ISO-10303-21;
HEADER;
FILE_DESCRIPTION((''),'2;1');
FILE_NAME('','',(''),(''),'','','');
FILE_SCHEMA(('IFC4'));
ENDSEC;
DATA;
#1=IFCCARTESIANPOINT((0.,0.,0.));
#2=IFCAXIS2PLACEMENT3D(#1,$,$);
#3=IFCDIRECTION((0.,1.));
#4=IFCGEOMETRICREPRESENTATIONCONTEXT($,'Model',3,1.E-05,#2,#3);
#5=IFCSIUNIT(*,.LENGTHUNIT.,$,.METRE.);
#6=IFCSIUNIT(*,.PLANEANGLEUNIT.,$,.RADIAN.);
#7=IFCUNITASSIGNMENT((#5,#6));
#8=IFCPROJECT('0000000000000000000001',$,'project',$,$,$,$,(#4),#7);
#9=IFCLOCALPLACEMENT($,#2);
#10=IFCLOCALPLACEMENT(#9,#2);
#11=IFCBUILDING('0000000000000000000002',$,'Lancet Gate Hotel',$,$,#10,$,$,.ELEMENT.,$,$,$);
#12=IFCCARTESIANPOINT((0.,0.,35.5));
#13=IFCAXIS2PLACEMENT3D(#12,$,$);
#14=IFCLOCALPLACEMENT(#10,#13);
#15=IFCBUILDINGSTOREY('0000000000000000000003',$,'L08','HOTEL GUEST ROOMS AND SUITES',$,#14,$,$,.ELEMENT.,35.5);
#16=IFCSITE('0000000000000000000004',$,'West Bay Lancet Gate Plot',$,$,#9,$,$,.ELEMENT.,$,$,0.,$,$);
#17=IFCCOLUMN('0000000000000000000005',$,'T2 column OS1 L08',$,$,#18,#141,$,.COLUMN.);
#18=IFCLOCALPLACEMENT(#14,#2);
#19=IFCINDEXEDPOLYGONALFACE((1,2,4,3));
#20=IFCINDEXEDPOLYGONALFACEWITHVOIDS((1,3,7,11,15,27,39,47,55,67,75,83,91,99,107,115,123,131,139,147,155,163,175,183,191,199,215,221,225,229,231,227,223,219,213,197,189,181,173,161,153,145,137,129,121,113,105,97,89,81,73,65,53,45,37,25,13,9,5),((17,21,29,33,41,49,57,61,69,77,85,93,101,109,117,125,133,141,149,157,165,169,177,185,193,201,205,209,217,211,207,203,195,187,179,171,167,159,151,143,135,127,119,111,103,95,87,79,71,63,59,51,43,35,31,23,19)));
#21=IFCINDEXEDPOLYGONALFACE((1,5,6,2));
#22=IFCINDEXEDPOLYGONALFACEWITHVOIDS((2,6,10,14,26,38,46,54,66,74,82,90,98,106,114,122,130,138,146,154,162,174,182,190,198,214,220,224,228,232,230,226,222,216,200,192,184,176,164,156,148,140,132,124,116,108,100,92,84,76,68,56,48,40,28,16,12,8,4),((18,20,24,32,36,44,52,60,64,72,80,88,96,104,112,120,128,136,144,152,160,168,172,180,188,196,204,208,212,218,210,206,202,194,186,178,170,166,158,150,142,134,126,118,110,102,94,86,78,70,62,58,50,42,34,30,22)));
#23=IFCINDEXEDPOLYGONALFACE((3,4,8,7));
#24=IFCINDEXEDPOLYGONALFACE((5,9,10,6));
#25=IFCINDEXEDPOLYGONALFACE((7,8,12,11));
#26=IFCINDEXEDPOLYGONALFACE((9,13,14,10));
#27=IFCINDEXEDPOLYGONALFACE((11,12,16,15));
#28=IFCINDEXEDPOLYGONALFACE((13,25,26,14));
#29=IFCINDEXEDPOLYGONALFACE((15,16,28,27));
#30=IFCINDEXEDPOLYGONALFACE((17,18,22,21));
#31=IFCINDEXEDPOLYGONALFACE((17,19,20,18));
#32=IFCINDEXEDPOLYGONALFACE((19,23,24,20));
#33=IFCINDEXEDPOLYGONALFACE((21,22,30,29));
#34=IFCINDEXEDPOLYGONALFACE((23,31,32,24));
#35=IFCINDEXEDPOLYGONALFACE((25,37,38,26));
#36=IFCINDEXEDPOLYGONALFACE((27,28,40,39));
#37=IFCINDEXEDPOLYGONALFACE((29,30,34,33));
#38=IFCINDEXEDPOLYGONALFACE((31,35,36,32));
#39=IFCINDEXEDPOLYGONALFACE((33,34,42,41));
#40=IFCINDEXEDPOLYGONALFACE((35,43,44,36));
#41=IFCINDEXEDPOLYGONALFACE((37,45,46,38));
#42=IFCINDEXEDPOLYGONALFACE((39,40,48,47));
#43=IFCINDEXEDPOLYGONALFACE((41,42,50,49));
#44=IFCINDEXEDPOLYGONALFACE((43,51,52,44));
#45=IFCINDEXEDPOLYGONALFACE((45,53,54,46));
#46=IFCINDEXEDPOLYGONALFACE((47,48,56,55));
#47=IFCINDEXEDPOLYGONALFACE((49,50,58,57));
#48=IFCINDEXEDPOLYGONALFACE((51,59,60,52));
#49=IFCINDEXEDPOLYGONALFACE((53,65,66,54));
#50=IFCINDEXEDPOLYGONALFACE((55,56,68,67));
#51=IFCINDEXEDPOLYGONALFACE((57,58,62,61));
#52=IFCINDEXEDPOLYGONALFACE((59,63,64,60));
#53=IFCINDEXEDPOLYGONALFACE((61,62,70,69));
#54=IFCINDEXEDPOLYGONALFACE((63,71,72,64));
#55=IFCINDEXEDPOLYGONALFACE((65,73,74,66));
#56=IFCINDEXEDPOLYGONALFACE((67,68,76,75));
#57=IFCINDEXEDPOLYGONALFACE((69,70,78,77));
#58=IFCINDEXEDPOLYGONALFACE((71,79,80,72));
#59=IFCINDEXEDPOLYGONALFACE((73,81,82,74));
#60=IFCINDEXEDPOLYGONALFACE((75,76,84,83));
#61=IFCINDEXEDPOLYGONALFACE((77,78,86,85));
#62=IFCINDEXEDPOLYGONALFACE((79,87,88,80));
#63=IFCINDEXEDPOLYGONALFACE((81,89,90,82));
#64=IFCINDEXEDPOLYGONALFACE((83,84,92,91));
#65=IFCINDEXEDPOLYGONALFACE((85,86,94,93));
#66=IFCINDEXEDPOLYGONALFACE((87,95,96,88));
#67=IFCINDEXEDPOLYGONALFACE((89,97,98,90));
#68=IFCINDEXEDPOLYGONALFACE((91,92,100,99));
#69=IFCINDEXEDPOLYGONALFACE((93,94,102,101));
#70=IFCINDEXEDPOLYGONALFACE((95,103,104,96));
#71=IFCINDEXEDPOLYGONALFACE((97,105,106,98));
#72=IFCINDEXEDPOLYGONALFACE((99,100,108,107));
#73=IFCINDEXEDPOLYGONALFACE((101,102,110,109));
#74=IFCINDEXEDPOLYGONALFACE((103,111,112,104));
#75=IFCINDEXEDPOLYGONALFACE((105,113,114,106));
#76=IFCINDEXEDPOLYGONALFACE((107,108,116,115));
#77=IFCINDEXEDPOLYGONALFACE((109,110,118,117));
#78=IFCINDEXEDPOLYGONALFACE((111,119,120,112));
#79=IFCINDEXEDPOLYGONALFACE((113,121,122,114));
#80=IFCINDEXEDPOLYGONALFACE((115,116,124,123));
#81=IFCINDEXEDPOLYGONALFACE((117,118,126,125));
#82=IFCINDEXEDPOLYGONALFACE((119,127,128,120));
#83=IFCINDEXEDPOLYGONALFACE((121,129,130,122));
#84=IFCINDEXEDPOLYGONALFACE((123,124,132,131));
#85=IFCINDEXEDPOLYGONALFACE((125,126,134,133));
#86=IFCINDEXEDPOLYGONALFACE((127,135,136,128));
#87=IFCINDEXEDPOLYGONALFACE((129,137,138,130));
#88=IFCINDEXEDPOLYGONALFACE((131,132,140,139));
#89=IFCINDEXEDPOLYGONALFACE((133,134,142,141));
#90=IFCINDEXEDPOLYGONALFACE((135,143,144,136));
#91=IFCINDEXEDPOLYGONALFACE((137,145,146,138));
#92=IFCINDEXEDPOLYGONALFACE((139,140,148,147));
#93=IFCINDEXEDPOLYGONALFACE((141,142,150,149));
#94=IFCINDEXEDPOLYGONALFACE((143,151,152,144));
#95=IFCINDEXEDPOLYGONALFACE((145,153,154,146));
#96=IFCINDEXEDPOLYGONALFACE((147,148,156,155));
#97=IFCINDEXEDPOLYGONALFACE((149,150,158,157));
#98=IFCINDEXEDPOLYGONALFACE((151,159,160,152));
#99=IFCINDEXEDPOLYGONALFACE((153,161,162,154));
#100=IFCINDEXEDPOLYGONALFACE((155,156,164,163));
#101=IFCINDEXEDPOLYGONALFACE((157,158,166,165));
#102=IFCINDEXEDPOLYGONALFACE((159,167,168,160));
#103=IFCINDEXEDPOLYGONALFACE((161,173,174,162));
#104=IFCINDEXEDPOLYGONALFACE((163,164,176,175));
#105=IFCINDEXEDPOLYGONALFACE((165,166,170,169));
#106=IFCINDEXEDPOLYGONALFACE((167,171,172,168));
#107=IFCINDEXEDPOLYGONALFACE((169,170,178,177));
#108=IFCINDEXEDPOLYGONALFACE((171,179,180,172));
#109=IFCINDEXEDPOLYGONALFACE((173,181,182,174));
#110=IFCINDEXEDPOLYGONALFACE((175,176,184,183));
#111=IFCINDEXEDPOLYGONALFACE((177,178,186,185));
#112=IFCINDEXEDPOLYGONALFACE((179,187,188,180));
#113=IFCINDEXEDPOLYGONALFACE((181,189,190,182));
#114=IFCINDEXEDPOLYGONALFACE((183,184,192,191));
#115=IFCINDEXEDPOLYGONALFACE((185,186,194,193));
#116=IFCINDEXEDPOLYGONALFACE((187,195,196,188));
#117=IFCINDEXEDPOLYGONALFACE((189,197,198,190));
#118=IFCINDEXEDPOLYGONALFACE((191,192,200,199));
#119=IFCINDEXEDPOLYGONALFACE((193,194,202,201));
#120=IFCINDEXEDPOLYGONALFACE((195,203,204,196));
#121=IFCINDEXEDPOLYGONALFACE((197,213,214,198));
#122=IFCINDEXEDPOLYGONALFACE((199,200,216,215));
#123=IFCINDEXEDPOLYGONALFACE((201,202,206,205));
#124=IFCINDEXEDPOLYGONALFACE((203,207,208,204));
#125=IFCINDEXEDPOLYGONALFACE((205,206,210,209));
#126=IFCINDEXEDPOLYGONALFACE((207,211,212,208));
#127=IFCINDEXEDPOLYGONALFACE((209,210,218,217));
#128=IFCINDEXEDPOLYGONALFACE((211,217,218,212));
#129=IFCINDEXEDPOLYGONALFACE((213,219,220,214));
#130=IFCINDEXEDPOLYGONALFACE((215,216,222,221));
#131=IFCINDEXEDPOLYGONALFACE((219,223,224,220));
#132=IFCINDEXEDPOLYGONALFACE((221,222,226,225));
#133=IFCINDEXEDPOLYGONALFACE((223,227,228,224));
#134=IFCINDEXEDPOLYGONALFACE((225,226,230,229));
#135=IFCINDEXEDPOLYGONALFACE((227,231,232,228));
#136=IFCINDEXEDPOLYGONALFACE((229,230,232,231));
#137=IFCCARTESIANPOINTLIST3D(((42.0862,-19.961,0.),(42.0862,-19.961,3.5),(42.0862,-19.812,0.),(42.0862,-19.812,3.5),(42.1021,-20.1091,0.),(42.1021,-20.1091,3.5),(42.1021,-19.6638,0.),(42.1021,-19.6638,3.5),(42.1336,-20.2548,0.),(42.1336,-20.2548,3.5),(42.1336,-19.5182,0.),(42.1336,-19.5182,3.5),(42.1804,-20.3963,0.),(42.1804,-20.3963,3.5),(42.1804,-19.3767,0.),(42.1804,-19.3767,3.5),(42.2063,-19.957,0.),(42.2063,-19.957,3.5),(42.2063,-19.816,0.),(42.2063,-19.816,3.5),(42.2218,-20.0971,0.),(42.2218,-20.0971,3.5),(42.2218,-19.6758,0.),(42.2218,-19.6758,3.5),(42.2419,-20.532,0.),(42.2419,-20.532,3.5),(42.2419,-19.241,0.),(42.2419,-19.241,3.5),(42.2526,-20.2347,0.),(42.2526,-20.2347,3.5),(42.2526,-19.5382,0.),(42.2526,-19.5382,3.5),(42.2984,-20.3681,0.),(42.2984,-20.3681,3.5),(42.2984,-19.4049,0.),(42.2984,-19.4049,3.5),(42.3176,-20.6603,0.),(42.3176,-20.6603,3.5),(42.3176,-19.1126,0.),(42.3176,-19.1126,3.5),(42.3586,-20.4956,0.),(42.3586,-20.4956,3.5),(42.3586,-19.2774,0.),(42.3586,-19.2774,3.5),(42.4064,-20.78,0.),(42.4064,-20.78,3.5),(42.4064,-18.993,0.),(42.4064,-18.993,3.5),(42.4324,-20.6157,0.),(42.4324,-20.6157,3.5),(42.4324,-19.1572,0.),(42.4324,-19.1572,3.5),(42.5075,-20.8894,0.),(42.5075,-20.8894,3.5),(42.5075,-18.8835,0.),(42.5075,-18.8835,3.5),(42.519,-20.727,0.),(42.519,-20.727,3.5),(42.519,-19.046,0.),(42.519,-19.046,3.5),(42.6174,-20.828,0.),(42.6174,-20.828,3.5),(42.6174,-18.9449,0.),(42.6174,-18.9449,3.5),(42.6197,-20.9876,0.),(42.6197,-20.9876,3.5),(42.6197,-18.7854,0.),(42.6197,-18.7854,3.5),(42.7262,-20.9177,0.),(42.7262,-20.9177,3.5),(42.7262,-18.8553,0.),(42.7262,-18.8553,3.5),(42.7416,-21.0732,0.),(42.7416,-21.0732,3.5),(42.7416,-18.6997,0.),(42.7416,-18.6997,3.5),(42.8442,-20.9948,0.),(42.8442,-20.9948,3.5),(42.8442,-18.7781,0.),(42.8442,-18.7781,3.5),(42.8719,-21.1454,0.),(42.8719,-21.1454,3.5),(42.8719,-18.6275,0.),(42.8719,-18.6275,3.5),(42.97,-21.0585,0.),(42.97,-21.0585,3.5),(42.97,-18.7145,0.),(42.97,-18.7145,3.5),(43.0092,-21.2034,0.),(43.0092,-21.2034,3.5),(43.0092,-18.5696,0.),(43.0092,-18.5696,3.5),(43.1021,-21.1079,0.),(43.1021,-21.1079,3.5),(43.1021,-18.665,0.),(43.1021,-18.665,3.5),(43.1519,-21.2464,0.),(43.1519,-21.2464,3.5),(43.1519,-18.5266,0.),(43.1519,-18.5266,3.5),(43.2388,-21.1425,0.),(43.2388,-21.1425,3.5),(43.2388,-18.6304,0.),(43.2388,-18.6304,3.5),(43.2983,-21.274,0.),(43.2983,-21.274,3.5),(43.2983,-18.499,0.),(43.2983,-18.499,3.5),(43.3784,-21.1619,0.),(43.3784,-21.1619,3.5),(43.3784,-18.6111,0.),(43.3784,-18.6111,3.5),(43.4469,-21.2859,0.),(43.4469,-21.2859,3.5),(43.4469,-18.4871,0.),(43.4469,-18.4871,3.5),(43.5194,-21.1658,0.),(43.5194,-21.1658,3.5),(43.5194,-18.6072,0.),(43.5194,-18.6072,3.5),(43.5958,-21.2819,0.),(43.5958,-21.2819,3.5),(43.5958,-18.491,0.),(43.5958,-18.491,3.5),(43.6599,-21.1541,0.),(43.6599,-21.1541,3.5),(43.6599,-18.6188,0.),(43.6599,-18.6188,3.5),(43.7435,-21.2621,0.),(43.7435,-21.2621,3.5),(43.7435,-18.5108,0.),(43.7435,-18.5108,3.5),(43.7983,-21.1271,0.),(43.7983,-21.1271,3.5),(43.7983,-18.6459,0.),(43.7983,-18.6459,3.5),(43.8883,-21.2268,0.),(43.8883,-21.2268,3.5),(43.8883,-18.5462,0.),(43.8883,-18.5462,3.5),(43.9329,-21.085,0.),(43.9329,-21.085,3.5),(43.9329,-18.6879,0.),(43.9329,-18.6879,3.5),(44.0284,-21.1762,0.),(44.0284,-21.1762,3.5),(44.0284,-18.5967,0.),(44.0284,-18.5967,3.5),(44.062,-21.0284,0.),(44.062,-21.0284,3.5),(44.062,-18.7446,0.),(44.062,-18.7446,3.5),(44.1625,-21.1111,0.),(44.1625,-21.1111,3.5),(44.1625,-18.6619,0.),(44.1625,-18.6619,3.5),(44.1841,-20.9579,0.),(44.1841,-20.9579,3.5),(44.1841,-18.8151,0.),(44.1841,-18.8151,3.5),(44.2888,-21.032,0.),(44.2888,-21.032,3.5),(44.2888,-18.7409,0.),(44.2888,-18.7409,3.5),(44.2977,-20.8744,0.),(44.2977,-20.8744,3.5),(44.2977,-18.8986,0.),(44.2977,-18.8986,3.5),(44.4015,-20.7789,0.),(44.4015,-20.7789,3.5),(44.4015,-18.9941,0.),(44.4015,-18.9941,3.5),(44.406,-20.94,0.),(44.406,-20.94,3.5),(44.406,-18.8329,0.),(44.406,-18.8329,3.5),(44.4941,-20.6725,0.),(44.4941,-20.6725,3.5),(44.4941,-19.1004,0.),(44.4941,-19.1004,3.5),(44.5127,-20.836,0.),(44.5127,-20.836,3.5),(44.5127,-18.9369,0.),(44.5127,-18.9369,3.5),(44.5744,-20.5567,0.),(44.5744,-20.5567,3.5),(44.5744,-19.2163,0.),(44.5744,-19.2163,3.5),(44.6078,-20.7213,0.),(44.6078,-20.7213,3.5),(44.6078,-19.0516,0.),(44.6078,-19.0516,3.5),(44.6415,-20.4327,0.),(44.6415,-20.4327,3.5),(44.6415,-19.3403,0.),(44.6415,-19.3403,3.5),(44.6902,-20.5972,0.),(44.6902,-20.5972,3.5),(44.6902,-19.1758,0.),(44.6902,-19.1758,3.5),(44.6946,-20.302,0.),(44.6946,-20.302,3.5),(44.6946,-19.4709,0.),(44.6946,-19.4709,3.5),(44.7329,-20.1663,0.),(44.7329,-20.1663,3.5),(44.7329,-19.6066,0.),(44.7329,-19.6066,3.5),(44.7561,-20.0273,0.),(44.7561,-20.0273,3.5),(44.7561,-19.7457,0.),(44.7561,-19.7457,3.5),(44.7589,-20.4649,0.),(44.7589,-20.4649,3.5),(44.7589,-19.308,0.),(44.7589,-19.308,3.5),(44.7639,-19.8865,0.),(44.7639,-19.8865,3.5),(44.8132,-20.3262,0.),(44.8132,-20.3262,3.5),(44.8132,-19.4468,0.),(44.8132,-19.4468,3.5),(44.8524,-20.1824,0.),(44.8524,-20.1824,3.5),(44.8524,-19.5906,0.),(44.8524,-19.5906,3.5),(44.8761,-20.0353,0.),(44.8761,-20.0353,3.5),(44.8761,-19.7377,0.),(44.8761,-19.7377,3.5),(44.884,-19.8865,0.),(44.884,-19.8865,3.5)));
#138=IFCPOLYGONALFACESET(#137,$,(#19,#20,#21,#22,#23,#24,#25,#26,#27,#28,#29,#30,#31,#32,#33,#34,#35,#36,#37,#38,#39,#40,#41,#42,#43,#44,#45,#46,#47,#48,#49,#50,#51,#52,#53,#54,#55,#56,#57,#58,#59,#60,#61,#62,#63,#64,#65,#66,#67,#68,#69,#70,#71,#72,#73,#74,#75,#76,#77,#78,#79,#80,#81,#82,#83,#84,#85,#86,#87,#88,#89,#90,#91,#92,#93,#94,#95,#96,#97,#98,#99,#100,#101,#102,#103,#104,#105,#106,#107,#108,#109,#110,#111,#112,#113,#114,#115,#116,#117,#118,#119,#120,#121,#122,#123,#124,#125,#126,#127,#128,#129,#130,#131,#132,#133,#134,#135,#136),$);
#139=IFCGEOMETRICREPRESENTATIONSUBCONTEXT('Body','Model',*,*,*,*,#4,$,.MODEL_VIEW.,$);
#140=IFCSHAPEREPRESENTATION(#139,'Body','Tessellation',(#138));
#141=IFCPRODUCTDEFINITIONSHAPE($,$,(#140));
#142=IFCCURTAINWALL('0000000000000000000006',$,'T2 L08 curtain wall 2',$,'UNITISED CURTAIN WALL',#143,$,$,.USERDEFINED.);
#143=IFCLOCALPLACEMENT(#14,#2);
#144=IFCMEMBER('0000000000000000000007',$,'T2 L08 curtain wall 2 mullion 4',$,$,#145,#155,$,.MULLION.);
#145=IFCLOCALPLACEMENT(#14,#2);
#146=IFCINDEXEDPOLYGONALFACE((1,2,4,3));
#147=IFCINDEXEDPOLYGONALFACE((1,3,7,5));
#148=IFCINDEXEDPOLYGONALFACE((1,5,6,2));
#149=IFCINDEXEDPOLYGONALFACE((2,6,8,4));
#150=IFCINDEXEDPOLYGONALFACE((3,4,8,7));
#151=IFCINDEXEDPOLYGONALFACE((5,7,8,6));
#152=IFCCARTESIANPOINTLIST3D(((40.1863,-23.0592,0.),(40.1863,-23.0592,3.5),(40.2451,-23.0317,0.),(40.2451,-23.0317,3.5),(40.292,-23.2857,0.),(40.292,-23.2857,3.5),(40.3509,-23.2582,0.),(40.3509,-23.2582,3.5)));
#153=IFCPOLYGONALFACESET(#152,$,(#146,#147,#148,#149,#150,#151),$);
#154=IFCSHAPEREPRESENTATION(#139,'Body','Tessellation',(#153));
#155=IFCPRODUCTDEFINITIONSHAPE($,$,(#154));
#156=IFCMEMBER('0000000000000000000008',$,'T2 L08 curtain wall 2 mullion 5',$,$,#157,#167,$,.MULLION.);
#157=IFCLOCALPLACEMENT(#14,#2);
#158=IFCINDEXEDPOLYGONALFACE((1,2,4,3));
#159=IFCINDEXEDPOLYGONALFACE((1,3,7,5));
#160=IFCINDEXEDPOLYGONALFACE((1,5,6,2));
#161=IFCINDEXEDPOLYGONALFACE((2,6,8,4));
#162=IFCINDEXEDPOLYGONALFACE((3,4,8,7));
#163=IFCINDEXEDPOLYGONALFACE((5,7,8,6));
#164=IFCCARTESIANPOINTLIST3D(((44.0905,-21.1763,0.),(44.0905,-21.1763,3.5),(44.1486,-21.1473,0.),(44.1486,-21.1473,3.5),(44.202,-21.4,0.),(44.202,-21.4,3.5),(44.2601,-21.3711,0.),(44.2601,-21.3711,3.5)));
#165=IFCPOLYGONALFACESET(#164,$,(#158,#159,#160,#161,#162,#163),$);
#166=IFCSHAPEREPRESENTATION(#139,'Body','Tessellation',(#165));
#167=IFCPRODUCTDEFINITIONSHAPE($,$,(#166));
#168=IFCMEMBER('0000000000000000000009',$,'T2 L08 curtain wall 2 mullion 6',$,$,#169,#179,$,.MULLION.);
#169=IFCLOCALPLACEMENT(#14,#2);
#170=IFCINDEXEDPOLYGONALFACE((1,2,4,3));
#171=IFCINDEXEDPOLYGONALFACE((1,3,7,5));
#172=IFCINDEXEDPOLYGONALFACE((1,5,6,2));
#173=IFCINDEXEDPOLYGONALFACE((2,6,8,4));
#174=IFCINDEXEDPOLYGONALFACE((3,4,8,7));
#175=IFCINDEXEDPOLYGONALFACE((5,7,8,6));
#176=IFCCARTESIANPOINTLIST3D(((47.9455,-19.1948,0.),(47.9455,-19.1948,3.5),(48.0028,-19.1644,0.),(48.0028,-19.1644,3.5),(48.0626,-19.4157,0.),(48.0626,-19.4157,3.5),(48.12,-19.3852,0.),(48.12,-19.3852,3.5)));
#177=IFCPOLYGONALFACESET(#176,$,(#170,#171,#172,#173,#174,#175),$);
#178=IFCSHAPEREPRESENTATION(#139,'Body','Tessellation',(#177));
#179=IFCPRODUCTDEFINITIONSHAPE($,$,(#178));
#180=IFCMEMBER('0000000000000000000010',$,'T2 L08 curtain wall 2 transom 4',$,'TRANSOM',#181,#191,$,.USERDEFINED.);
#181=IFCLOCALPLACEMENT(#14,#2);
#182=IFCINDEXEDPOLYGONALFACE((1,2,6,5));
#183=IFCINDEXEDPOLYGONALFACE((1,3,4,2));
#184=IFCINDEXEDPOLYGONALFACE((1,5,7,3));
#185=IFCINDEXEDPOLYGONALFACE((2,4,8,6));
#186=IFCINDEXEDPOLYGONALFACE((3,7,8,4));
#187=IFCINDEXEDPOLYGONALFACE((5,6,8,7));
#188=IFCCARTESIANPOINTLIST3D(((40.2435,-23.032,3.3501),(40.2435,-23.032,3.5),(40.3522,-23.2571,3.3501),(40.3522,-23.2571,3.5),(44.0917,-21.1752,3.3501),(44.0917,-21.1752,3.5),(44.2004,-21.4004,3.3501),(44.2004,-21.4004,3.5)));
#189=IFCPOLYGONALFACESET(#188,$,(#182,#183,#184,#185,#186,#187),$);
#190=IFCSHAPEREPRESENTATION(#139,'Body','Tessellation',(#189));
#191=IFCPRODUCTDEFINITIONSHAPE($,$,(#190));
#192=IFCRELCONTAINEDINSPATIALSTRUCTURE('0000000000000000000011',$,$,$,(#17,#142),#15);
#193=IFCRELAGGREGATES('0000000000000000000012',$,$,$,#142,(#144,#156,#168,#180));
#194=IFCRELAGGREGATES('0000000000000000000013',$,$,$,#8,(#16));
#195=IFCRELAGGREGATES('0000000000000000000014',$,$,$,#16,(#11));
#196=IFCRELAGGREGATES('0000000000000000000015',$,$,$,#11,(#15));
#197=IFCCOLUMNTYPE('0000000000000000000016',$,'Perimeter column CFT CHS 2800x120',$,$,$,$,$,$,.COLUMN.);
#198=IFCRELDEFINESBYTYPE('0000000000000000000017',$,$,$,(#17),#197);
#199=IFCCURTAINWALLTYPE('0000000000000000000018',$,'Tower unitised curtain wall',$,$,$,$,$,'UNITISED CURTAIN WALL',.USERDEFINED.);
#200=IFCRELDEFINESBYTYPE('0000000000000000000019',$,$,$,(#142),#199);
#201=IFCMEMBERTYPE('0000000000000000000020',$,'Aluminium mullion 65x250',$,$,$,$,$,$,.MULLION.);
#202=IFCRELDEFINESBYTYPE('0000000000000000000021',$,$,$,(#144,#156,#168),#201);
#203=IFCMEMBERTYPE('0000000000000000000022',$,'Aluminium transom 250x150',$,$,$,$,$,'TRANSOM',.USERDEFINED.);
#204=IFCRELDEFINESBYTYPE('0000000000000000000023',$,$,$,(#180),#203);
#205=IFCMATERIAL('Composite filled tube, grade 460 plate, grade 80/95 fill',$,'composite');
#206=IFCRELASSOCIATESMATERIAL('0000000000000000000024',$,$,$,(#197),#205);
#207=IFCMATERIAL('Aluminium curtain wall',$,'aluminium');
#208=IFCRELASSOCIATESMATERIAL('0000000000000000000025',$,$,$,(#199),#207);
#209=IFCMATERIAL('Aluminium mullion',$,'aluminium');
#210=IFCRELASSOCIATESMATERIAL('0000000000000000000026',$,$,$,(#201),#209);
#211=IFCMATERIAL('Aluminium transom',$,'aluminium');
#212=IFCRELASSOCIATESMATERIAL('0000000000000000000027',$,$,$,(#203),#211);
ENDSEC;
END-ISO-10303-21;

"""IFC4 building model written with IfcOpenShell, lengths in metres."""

from ifc_helpers import new_model, si_unit, direction, frame, origin, origin_2d, place, context, subcontext, project, spatial, rectangle, hollow_circle, extrude, material, material_profile, profile_set, type_object, element, aggregate, save


model = new_model("IFC4")

# Units and contexts
model_context = context("Model", 3, precision=1e-05, world=origin(), true_north=direction((0.0, 1.0)))
body_context = subcontext(model_context, "Body", "Model", "MODEL_VIEW")
ifc_project = project(units=[si_unit("LENGTHUNIT", "METRE"), si_unit("PLANEANGLEUNIT", "RADIAN")], contexts=[model_context])

# Site, building, storey
site_placement = place(None, origin())
site = spatial("IfcSite", under=ifc_project, at=site_placement, Name="West Bay Lancet Gate Plot", CompositionType="ELEMENT", RefElevation=0.0)
building_placement = place(site_placement, origin())
building = spatial("IfcBuilding", under=site, at=building_placement, Name="Lancet Gate Hotel", CompositionType="ELEMENT")
storey_placement = place(building_placement, frame((0.0, 0.0, 35.5)))
storey = spatial("IfcBuildingStorey", under=building, at=storey_placement, Name="L08", Description="HOTEL GUEST ROOMS AND SUITES", CompositionType="ELEMENT", Elevation=35.5)

# Column
ifc_material_1 = material(Name="Composite filled tube, grade 460 plate, grade 80/95 fill", Category="composite")
ifc_material_profile_1 = material_profile(ifc_material_1, hollow_circle(Radius=1.3999, WallThickness=0.1201, at=origin_2d()), Name="CHS 2800x120")
ifc_profile_set_1 = profile_set([ifc_material_profile_1], Name="Composite filled tube, grade 460 plate, grade 80/95 fill")
column_type = type_object("IfcColumnType", Name="Perimeter column CFT CHS 2800x120", PredefinedType="COLUMN", material=ifc_profile_set_1)
column_placement = place(storey_placement, frame((43.4841, -19.8865, 0.0), z_axis=(0.0, 0.0, 1.0), x_axis=(1.0, 0.0, 0.0)))
element("IfcColumn", 1, at=column_placement, inside=storey, type_object=column_type, Name="T2 column OS1 L08", PredefinedType="COLUMN", context=body_context, shape_type="SweptSolid", body=[
    extrude(hollow_circle(Radius=1.3999, WallThickness=0.1201, at=origin_2d()), origin(), (0.0, 0.0, 1.0), 3.5),
])

# Curtain wall, members
ifc_material_2 = material(Name="Aluminium curtain wall", Category="aluminium")
curtain_wall_type = type_object("IfcCurtainWallType", Name="Tower unitised curtain wall", ElementType="UNITISED CURTAIN WALL", PredefinedType="USERDEFINED", material=ifc_material_2)
curtain_wall_placement = place(storey_placement, origin())
curtain_wall = element("IfcCurtainWall", 2, at=curtain_wall_placement, inside=storey, type_object=curtain_wall_type, Name="T2 L08 curtain wall 2", ObjectType="UNITISED CURTAIN WALL", PredefinedType="USERDEFINED")
ifc_material_3 = material(Name="Aluminium mullion", Category="aluminium")
ifc_material_profile_2 = material_profile(ifc_material_3, rectangle(XDim=0.0649, YDim=0.25, at=origin_2d()), Name="MULLION 65x250")
ifc_profile_set_2 = profile_set([ifc_material_profile_2], Name="Aluminium mullion")
member_type_1 = type_object("IfcMemberType", Name="Aluminium mullion 65x250", PredefinedType="MULLION", material=ifc_profile_set_2)
member_1_placement = place(storey_placement, frame((40.2686, -23.1587, 0.0), z_axis=(0.0, 0.0, 1.0), x_axis=(0.906105, 0.423053, 0.0)))
member_1 = element("IfcMember", 3, at=member_1_placement, type_object=member_type_1, Name="T2 L08 curtain wall 2 mullion 4", PredefinedType="MULLION", context=body_context, shape_type="SweptSolid", body=[
    extrude(rectangle(XDim=0.0649, YDim=0.25, at=origin_2d()), origin(), (0.0, 0.0, 1.0), 3.5),
])
member_2_placement = place(storey_placement, frame((44.1753, -21.2737, 0.0), z_axis=(0.0, 0.0, 1.0), x_axis=(0.895044, 0.445978, 0.0)))
member_2 = element("IfcMember", 4, at=member_2_placement, type_object=member_type_1, Name="T2 L08 curtain wall 2 mullion 5", PredefinedType="MULLION", context=body_context, shape_type="SweptSolid", body=[
    extrude(rectangle(XDim=0.0649, YDim=0.25, at=origin_2d()), origin(), (0.0, 0.0, 1.0), 3.5),
])
member_3_placement = place(storey_placement, frame((48.0327, -19.29, 0.0), z_axis=(0.0, 0.0, 1.0), x_axis=(0.883403, 0.468613, 0.0)))
member_3 = element("IfcMember", 5, at=member_3_placement, type_object=member_type_1, Name="T2 L08 curtain wall 2 mullion 6", PredefinedType="MULLION", context=body_context, shape_type="SweptSolid", body=[
    extrude(rectangle(XDim=0.0649, YDim=0.25, at=origin_2d()), origin(), (0.0, 0.0, 1.0), 3.5),
])
ifc_material_4 = material(Name="Aluminium transom", Category="aluminium")
ifc_material_profile_3 = material_profile(ifc_material_4, rectangle(XDim=0.25, YDim=0.1499, at=origin_2d()), Name="TRANSOM 250x150")
ifc_profile_set_3 = profile_set([ifc_material_profile_3], Name="Aluminium transom")
member_type_2 = type_object("IfcMemberType", Name="Aluminium transom 250x150", ElementType="TRANSOM", PredefinedType="USERDEFINED", material=ifc_profile_set_3)
member_4_placement = place(storey_placement, frame((40.2979, -23.1445, 3.425), z_axis=(0.900646, 0.434553, 0.0), x_axis=(-0.434553, 0.900646, 0.0)))
member_4 = element("IfcMember", 6, at=member_4_placement, type_object=member_type_2, Name="T2 L08 curtain wall 2 transom 4", ObjectType="TRANSOM", PredefinedType="USERDEFINED", context=body_context, shape_type="SweptSolid", body=[
    extrude(rectangle(XDim=0.25, YDim=0.1499, at=origin_2d()), origin(), (0.0, 0.0, 1.0), 4.2727),
])

aggregate(curtain_wall, [member_1, member_2, member_3, member_4])

save(model, "model.ifc")
